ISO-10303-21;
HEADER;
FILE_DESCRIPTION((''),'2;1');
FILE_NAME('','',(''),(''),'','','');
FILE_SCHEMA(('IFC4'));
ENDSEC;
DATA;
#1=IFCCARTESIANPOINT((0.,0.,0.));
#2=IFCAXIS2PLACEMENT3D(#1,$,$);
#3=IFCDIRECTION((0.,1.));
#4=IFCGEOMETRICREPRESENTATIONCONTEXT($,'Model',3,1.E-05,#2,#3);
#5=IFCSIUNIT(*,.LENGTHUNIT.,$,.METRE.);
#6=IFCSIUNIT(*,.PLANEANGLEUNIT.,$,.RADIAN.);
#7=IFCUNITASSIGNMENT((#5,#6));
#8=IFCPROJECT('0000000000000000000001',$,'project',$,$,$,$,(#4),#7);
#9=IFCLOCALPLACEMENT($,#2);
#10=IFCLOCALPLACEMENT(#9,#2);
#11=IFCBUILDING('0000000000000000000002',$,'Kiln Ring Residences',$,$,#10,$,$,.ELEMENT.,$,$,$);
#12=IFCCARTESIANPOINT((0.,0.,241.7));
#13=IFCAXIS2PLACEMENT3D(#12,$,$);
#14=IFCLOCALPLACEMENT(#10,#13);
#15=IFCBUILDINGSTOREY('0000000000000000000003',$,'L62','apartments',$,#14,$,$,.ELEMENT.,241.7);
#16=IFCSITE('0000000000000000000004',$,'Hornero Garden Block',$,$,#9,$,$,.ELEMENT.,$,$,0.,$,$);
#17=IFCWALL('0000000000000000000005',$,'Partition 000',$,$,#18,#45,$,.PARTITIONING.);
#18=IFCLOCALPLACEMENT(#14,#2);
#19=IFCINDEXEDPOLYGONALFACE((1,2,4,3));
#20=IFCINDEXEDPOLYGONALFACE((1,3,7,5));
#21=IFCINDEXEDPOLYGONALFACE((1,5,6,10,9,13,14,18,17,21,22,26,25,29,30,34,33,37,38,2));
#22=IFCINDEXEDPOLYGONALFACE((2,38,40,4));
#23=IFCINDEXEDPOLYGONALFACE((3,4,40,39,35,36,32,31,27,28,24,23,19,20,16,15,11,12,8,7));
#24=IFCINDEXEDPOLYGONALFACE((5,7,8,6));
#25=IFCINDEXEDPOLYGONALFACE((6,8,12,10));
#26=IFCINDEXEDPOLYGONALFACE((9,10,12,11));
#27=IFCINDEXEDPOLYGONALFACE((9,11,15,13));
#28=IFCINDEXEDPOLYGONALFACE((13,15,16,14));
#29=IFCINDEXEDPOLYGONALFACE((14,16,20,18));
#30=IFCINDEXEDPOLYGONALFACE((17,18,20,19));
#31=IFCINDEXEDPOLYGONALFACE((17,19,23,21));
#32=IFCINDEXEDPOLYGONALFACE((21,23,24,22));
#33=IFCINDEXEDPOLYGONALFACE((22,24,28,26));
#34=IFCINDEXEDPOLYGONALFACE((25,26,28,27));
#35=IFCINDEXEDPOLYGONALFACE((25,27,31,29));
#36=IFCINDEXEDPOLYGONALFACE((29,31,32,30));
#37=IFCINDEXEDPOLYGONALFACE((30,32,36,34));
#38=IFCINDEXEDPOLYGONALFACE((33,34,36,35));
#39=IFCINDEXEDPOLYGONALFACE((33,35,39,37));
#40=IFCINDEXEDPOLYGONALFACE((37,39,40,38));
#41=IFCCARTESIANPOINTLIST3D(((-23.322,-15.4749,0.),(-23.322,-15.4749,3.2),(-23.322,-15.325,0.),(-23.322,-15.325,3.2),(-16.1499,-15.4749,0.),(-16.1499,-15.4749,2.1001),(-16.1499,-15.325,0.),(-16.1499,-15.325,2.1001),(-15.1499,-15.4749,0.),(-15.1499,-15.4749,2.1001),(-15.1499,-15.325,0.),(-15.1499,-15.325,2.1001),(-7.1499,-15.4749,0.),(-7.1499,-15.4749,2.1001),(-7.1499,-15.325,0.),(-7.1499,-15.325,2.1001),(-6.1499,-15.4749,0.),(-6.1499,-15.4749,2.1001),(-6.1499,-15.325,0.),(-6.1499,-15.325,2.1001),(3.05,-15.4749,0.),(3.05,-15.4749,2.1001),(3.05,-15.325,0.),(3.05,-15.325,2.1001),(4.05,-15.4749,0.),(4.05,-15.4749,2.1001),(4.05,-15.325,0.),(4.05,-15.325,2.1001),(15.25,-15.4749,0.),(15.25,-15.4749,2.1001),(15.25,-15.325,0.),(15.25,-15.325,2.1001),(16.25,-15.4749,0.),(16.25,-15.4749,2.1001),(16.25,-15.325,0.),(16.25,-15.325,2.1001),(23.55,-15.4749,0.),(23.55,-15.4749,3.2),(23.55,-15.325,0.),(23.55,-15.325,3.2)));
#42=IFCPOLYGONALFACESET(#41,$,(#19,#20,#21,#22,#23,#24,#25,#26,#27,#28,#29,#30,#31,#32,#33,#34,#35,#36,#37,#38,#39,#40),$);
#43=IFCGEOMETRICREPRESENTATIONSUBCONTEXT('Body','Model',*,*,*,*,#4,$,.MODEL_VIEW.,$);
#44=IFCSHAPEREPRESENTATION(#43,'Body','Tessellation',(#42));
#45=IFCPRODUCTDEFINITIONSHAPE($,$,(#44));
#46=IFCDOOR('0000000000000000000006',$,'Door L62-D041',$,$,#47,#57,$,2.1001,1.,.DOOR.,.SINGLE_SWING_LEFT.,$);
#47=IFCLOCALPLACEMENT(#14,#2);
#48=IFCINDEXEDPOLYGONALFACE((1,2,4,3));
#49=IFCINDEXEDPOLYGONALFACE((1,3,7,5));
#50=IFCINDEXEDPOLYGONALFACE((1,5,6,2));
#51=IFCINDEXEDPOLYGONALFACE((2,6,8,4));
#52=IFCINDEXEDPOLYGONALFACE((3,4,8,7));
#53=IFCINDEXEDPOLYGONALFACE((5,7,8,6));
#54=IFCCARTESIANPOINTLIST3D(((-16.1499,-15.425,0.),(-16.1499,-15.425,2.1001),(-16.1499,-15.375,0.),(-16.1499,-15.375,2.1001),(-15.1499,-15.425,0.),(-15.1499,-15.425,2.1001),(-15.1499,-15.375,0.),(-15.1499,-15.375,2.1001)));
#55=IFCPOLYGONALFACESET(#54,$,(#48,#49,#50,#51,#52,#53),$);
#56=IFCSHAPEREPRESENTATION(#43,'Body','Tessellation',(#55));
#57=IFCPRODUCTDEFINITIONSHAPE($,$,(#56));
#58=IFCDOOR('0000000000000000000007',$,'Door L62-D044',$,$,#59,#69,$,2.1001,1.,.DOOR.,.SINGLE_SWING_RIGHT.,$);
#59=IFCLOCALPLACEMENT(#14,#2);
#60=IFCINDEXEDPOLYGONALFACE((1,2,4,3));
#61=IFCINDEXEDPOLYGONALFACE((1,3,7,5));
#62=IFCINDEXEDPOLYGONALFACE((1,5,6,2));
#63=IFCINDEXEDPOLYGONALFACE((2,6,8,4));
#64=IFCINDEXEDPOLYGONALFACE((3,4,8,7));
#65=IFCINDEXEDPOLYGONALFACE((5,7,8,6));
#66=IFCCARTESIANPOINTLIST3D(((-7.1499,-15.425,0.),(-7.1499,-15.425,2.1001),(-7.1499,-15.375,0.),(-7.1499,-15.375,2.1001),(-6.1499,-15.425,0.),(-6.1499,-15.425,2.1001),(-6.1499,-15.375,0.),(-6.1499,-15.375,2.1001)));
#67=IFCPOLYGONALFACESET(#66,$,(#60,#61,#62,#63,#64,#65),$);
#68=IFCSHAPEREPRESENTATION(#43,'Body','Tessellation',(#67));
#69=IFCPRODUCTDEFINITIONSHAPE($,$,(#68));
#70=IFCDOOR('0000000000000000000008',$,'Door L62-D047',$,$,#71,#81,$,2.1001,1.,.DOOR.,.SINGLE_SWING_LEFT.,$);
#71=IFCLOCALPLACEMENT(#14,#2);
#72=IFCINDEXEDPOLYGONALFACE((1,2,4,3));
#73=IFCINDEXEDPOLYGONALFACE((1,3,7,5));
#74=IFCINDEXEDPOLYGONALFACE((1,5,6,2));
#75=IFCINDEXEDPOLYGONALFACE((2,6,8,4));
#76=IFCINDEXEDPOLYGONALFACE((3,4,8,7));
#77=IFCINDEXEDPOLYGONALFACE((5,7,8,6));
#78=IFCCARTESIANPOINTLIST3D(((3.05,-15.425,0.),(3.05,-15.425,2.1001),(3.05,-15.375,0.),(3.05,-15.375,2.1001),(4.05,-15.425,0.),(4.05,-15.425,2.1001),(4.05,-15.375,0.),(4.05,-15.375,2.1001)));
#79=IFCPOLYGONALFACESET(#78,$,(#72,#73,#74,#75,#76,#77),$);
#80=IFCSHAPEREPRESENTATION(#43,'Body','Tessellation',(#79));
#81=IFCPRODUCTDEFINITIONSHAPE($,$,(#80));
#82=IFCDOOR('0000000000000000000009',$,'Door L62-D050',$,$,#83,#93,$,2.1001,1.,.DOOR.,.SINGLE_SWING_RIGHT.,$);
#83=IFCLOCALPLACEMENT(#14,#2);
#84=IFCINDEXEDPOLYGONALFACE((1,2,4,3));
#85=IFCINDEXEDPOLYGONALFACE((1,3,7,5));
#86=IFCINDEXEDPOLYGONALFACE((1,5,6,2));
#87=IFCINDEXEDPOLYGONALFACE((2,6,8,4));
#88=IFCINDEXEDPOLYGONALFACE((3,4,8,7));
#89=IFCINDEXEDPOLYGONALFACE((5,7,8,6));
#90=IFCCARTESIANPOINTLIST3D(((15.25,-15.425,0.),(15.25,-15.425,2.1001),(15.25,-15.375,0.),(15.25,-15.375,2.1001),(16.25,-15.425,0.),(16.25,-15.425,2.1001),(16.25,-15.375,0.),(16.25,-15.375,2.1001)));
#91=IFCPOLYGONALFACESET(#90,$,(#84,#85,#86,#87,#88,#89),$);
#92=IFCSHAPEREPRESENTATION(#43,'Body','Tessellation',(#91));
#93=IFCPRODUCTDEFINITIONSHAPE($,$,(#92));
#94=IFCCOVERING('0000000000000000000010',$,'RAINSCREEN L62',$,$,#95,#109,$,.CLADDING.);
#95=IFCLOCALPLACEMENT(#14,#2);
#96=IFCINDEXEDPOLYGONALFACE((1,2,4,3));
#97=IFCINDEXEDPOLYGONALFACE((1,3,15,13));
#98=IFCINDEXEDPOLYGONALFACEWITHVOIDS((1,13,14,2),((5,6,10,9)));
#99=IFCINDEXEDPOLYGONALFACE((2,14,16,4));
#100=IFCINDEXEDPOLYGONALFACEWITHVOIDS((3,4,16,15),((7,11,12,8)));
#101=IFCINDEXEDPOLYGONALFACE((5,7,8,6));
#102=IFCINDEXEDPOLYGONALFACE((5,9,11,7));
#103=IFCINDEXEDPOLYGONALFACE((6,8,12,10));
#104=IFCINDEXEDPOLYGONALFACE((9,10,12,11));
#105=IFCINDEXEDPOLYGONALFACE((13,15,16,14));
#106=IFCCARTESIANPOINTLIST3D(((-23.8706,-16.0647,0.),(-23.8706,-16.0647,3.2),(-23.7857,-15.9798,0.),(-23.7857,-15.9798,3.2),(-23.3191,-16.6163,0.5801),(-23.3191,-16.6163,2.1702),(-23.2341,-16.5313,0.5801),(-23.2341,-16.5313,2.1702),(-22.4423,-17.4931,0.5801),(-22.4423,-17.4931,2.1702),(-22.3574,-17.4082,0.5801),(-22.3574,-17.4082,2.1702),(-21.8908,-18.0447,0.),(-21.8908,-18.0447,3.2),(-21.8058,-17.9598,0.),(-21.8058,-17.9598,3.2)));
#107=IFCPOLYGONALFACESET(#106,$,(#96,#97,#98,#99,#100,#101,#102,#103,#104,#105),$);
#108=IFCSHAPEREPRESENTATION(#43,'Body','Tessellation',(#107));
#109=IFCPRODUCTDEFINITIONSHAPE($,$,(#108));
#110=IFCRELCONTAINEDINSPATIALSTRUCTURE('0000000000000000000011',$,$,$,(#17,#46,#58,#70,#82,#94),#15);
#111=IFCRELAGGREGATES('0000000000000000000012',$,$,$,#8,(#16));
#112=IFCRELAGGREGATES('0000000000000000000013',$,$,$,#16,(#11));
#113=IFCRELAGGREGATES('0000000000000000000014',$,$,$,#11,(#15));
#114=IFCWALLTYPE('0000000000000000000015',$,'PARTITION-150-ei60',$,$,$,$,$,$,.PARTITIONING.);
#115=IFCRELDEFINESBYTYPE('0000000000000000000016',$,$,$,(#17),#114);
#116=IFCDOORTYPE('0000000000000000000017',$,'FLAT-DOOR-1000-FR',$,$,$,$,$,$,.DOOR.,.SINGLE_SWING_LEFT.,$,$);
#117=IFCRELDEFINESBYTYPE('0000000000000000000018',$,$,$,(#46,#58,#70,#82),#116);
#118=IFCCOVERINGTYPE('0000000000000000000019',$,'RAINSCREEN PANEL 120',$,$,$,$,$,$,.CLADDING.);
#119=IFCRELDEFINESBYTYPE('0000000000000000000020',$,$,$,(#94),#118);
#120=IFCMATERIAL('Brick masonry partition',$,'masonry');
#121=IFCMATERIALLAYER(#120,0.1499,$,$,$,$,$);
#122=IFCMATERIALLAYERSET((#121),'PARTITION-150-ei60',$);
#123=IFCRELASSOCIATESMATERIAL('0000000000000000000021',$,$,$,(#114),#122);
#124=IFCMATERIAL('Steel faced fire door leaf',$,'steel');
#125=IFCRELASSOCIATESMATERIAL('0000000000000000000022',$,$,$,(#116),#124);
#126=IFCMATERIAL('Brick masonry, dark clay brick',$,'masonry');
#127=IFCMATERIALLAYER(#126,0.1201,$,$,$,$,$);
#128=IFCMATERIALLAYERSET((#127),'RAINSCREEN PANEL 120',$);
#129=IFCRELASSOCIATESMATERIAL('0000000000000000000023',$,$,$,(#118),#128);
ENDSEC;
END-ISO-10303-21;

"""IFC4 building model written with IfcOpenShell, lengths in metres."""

from ifc_helpers import new_model, si_unit, direction, frame, frame_2d, origin, place, context, subcontext, project, spatial, polyline, rectangle, outline, extrude, material, layer, layer_set, type_object, element, fill, save


model = new_model("IFC4")

# Units and contexts
model_context = context("Model", 3, precision=1e-05, world=origin(), true_north=direction((0.0, 1.0)))
body_context = subcontext(model_context, "Body", "Model", "MODEL_VIEW")
ifc_project = project(units=[si_unit("LENGTHUNIT", "METRE"), si_unit("PLANEANGLEUNIT", "RADIAN")], contexts=[model_context])

# Site, building, storey
site_placement = place(None, origin())
site = spatial("IfcSite", under=ifc_project, at=site_placement, Name="Hornero Garden Block", CompositionType="ELEMENT", RefElevation=0.0)
building_placement = place(site_placement, origin())
building = spatial("IfcBuilding", under=site, at=building_placement, Name="Kiln Ring Residences", CompositionType="ELEMENT")
storey_placement = place(building_placement, frame((0.0, 0.0, 241.7)))
storey = spatial("IfcBuildingStorey", under=building, at=storey_placement, Name="L62", Description="apartments", CompositionType="ELEMENT", Elevation=241.7)

# Wall, openings, doors
ifc_material_1 = material(Name="Brick masonry partition", Category="masonry")
ifc_layer_1 = layer(ifc_material_1, 0.1499)
ifc_layer_set_1 = layer_set([ifc_layer_1], Name="PARTITION-150-ei60")
wall_type_1 = type_object("IfcWallType", Name="PARTITION-150-ei60", PredefinedType="PARTITIONING", material=ifc_layer_set_1)
wall_1_placement = place(storey_placement, frame((-23.322, -15.3999, 0.0), z_axis=(0.0, 0.0, 1.0), x_axis=(1.0, 0.0, 0.0)))
wall_1 = element("IfcWall", 1, at=wall_1_placement, inside=storey, type_object=wall_type_1, Name="Partition 000", PredefinedType="PARTITIONING", context=body_context, shape_type="SweptSolid", body=[
    extrude(rectangle(XDim=46.8721, YDim=0.1499, at=frame_2d((23.436, 0.0))), origin(), (0.0, 0.0, 1.0), 3.2),
])
opening_1_placement = place(wall_1_placement, frame((7.1721, 0.0, 0.0)))
opening_1 = element("IfcOpeningElement", 2, at=opening_1_placement, cuts=wall_1, PredefinedType="OPENING", context=body_context, shape_type="SweptSolid", body=[
    extrude(rectangle(XDim=1.0, YDim=2.1001, at=frame_2d((0.5, 1.05))), frame((0.0, 0.085, 0.0), z_axis=(0.0, -1.0, 0.0), x_axis=(1.0, 0.0, 0.0)), (0.0, 0.0, 1.0), 0.1699),
])
opening_2_placement = place(wall_1_placement, frame((16.1721, 0.0, 0.0)))
opening_2 = element("IfcOpeningElement", 3, at=opening_2_placement, cuts=wall_1, PredefinedType="OPENING", context=body_context, shape_type="SweptSolid", body=[
    extrude(rectangle(XDim=1.0, YDim=2.1001, at=frame_2d((0.5, 1.05))), frame((0.0, 0.085, 0.0), z_axis=(0.0, -1.0, 0.0), x_axis=(1.0, 0.0, 0.0)), (0.0, 0.0, 1.0), 0.1699),
])
opening_3_placement = place(wall_1_placement, frame((26.3721, 0.0, 0.0)))
opening_3 = element("IfcOpeningElement", 4, at=opening_3_placement, cuts=wall_1, PredefinedType="OPENING", context=body_context, shape_type="SweptSolid", body=[
    extrude(rectangle(XDim=1.0, YDim=2.1001, at=frame_2d((0.5, 1.05))), frame((0.0, 0.085, 0.0), z_axis=(0.0, -1.0, 0.0), x_axis=(1.0, 0.0, 0.0)), (0.0, 0.0, 1.0), 0.1699),
])
opening_4_placement = place(wall_1_placement, frame((38.572, 0.0, 0.0)))
opening_4 = element("IfcOpeningElement", 5, at=opening_4_placement, cuts=wall_1, PredefinedType="OPENING", context=body_context, shape_type="SweptSolid", body=[
    extrude(rectangle(XDim=1.0, YDim=2.1001, at=frame_2d((0.5, 1.05))), frame((0.0, 0.085, 0.0), z_axis=(0.0, -1.0, 0.0), x_axis=(1.0, 0.0, 0.0)), (0.0, 0.0, 1.0), 0.1699),
])
ifc_material_2 = material(Name="Steel faced fire door leaf", Category="steel")
door_type = type_object("IfcDoorType", Name="FLAT-DOOR-1000-FR", OperationType="SINGLE_SWING_LEFT", PredefinedType="DOOR", material=ifc_material_2)
door_1_placement = place(opening_1_placement, origin())
door_1 = element("IfcDoor", 6, at=door_1_placement, inside=storey, type_object=door_type, Name="Door L62-D041", OperationType="SINGLE_SWING_LEFT", OverallHeight=2.1001, OverallWidth=1.0, PredefinedType="DOOR", context=body_context, shape_type="SweptSolid", body=[
    extrude(rectangle(XDim=1.0, YDim=2.1001, at=frame_2d((0.5, 1.05))), frame((0.0, 0.0249, 0.0), z_axis=(0.0, -1.0, 0.0), x_axis=(1.0, 0.0, 0.0)), (0.0, 0.0, 1.0), 0.05),
])
fill(opening_1, door_1)
door_2_placement = place(opening_2_placement, origin())
door_2 = element("IfcDoor", 7, at=door_2_placement, inside=storey, type_object=door_type, Name="Door L62-D044", OperationType="SINGLE_SWING_RIGHT", OverallHeight=2.1001, OverallWidth=1.0, PredefinedType="DOOR", context=body_context, shape_type="SweptSolid", body=[
    extrude(rectangle(XDim=1.0, YDim=2.1001, at=frame_2d((0.5, 1.05))), frame((0.0, 0.0249, 0.0), z_axis=(0.0, -1.0, 0.0), x_axis=(1.0, 0.0, 0.0)), (0.0, 0.0, 1.0), 0.05),
])
fill(opening_2, door_2)
door_3_placement = place(opening_3_placement, origin())
door_3 = element("IfcDoor", 8, at=door_3_placement, inside=storey, type_object=door_type, Name="Door L62-D047", OperationType="SINGLE_SWING_LEFT", OverallHeight=2.1001, OverallWidth=1.0, PredefinedType="DOOR", context=body_context, shape_type="SweptSolid", body=[
    extrude(rectangle(XDim=1.0, YDim=2.1001, at=frame_2d((0.5, 1.05))), frame((0.0, 0.0249, 0.0), z_axis=(0.0, -1.0, 0.0), x_axis=(1.0, 0.0, 0.0)), (0.0, 0.0, 1.0), 0.05),
])
fill(opening_3, door_3)
door_4_placement = place(opening_4_placement, origin())
door_4 = element("IfcDoor", 9, at=door_4_placement, inside=storey, type_object=door_type, Name="Door L62-D050", OperationType="SINGLE_SWING_RIGHT", OverallHeight=2.1001, OverallWidth=1.0, PredefinedType="DOOR", context=body_context, shape_type="SweptSolid", body=[
    extrude(rectangle(XDim=1.0, YDim=2.1001, at=frame_2d((0.5, 1.05))), frame((0.0, 0.0249, 0.0), z_axis=(0.0, -1.0, 0.0), x_axis=(1.0, 0.0, 0.0)), (0.0, 0.0, 1.0), 0.05),
])
fill(opening_4, door_4)

# Covering
ifc_material_3 = material(Name="Brick masonry, dark clay brick", Category="masonry")
ifc_layer_2 = layer(ifc_material_3, 0.1201)
ifc_layer_set_2 = layer_set([ifc_layer_2], Name="RAINSCREEN PANEL 120")
covering_type = type_object("IfcCoveringType", Name="RAINSCREEN PANEL 120", PredefinedType="CLADDING", material=ifc_layer_set_2)
covering_1_placement = place(storey_placement, frame((-23.8281, -16.0222, 0.0), z_axis=(0.0, 0.0, 1.0), x_axis=(0.707063, -0.70715, 0.0)))
element("IfcCovering", 10, at=covering_1_placement, inside=storey, type_object=covering_type, Name="RAINSCREEN L62", PredefinedType="CLADDING", context=body_context, shape_type="SweptSolid", body=[
    extrude(outline(polyline([(0.0, 0.0), (2.8, 0.0), (2.8, 3.2), (0.0, 3.2), (0.0, 0.0)]), holes=[polyline([(0.78, 2.1702), (0.78, 0.5801), (2.02, 0.5801), (2.02, 2.1702), (0.78, 2.1702)])]), frame((0.0, 0.0601, 0.0), z_axis=(0.0, -1.0, 0.0), x_axis=(1.0, 0.0, 0.0)), (0.0, 0.0, 1.0), 0.1201),
])

save(model, "model.ifc")
